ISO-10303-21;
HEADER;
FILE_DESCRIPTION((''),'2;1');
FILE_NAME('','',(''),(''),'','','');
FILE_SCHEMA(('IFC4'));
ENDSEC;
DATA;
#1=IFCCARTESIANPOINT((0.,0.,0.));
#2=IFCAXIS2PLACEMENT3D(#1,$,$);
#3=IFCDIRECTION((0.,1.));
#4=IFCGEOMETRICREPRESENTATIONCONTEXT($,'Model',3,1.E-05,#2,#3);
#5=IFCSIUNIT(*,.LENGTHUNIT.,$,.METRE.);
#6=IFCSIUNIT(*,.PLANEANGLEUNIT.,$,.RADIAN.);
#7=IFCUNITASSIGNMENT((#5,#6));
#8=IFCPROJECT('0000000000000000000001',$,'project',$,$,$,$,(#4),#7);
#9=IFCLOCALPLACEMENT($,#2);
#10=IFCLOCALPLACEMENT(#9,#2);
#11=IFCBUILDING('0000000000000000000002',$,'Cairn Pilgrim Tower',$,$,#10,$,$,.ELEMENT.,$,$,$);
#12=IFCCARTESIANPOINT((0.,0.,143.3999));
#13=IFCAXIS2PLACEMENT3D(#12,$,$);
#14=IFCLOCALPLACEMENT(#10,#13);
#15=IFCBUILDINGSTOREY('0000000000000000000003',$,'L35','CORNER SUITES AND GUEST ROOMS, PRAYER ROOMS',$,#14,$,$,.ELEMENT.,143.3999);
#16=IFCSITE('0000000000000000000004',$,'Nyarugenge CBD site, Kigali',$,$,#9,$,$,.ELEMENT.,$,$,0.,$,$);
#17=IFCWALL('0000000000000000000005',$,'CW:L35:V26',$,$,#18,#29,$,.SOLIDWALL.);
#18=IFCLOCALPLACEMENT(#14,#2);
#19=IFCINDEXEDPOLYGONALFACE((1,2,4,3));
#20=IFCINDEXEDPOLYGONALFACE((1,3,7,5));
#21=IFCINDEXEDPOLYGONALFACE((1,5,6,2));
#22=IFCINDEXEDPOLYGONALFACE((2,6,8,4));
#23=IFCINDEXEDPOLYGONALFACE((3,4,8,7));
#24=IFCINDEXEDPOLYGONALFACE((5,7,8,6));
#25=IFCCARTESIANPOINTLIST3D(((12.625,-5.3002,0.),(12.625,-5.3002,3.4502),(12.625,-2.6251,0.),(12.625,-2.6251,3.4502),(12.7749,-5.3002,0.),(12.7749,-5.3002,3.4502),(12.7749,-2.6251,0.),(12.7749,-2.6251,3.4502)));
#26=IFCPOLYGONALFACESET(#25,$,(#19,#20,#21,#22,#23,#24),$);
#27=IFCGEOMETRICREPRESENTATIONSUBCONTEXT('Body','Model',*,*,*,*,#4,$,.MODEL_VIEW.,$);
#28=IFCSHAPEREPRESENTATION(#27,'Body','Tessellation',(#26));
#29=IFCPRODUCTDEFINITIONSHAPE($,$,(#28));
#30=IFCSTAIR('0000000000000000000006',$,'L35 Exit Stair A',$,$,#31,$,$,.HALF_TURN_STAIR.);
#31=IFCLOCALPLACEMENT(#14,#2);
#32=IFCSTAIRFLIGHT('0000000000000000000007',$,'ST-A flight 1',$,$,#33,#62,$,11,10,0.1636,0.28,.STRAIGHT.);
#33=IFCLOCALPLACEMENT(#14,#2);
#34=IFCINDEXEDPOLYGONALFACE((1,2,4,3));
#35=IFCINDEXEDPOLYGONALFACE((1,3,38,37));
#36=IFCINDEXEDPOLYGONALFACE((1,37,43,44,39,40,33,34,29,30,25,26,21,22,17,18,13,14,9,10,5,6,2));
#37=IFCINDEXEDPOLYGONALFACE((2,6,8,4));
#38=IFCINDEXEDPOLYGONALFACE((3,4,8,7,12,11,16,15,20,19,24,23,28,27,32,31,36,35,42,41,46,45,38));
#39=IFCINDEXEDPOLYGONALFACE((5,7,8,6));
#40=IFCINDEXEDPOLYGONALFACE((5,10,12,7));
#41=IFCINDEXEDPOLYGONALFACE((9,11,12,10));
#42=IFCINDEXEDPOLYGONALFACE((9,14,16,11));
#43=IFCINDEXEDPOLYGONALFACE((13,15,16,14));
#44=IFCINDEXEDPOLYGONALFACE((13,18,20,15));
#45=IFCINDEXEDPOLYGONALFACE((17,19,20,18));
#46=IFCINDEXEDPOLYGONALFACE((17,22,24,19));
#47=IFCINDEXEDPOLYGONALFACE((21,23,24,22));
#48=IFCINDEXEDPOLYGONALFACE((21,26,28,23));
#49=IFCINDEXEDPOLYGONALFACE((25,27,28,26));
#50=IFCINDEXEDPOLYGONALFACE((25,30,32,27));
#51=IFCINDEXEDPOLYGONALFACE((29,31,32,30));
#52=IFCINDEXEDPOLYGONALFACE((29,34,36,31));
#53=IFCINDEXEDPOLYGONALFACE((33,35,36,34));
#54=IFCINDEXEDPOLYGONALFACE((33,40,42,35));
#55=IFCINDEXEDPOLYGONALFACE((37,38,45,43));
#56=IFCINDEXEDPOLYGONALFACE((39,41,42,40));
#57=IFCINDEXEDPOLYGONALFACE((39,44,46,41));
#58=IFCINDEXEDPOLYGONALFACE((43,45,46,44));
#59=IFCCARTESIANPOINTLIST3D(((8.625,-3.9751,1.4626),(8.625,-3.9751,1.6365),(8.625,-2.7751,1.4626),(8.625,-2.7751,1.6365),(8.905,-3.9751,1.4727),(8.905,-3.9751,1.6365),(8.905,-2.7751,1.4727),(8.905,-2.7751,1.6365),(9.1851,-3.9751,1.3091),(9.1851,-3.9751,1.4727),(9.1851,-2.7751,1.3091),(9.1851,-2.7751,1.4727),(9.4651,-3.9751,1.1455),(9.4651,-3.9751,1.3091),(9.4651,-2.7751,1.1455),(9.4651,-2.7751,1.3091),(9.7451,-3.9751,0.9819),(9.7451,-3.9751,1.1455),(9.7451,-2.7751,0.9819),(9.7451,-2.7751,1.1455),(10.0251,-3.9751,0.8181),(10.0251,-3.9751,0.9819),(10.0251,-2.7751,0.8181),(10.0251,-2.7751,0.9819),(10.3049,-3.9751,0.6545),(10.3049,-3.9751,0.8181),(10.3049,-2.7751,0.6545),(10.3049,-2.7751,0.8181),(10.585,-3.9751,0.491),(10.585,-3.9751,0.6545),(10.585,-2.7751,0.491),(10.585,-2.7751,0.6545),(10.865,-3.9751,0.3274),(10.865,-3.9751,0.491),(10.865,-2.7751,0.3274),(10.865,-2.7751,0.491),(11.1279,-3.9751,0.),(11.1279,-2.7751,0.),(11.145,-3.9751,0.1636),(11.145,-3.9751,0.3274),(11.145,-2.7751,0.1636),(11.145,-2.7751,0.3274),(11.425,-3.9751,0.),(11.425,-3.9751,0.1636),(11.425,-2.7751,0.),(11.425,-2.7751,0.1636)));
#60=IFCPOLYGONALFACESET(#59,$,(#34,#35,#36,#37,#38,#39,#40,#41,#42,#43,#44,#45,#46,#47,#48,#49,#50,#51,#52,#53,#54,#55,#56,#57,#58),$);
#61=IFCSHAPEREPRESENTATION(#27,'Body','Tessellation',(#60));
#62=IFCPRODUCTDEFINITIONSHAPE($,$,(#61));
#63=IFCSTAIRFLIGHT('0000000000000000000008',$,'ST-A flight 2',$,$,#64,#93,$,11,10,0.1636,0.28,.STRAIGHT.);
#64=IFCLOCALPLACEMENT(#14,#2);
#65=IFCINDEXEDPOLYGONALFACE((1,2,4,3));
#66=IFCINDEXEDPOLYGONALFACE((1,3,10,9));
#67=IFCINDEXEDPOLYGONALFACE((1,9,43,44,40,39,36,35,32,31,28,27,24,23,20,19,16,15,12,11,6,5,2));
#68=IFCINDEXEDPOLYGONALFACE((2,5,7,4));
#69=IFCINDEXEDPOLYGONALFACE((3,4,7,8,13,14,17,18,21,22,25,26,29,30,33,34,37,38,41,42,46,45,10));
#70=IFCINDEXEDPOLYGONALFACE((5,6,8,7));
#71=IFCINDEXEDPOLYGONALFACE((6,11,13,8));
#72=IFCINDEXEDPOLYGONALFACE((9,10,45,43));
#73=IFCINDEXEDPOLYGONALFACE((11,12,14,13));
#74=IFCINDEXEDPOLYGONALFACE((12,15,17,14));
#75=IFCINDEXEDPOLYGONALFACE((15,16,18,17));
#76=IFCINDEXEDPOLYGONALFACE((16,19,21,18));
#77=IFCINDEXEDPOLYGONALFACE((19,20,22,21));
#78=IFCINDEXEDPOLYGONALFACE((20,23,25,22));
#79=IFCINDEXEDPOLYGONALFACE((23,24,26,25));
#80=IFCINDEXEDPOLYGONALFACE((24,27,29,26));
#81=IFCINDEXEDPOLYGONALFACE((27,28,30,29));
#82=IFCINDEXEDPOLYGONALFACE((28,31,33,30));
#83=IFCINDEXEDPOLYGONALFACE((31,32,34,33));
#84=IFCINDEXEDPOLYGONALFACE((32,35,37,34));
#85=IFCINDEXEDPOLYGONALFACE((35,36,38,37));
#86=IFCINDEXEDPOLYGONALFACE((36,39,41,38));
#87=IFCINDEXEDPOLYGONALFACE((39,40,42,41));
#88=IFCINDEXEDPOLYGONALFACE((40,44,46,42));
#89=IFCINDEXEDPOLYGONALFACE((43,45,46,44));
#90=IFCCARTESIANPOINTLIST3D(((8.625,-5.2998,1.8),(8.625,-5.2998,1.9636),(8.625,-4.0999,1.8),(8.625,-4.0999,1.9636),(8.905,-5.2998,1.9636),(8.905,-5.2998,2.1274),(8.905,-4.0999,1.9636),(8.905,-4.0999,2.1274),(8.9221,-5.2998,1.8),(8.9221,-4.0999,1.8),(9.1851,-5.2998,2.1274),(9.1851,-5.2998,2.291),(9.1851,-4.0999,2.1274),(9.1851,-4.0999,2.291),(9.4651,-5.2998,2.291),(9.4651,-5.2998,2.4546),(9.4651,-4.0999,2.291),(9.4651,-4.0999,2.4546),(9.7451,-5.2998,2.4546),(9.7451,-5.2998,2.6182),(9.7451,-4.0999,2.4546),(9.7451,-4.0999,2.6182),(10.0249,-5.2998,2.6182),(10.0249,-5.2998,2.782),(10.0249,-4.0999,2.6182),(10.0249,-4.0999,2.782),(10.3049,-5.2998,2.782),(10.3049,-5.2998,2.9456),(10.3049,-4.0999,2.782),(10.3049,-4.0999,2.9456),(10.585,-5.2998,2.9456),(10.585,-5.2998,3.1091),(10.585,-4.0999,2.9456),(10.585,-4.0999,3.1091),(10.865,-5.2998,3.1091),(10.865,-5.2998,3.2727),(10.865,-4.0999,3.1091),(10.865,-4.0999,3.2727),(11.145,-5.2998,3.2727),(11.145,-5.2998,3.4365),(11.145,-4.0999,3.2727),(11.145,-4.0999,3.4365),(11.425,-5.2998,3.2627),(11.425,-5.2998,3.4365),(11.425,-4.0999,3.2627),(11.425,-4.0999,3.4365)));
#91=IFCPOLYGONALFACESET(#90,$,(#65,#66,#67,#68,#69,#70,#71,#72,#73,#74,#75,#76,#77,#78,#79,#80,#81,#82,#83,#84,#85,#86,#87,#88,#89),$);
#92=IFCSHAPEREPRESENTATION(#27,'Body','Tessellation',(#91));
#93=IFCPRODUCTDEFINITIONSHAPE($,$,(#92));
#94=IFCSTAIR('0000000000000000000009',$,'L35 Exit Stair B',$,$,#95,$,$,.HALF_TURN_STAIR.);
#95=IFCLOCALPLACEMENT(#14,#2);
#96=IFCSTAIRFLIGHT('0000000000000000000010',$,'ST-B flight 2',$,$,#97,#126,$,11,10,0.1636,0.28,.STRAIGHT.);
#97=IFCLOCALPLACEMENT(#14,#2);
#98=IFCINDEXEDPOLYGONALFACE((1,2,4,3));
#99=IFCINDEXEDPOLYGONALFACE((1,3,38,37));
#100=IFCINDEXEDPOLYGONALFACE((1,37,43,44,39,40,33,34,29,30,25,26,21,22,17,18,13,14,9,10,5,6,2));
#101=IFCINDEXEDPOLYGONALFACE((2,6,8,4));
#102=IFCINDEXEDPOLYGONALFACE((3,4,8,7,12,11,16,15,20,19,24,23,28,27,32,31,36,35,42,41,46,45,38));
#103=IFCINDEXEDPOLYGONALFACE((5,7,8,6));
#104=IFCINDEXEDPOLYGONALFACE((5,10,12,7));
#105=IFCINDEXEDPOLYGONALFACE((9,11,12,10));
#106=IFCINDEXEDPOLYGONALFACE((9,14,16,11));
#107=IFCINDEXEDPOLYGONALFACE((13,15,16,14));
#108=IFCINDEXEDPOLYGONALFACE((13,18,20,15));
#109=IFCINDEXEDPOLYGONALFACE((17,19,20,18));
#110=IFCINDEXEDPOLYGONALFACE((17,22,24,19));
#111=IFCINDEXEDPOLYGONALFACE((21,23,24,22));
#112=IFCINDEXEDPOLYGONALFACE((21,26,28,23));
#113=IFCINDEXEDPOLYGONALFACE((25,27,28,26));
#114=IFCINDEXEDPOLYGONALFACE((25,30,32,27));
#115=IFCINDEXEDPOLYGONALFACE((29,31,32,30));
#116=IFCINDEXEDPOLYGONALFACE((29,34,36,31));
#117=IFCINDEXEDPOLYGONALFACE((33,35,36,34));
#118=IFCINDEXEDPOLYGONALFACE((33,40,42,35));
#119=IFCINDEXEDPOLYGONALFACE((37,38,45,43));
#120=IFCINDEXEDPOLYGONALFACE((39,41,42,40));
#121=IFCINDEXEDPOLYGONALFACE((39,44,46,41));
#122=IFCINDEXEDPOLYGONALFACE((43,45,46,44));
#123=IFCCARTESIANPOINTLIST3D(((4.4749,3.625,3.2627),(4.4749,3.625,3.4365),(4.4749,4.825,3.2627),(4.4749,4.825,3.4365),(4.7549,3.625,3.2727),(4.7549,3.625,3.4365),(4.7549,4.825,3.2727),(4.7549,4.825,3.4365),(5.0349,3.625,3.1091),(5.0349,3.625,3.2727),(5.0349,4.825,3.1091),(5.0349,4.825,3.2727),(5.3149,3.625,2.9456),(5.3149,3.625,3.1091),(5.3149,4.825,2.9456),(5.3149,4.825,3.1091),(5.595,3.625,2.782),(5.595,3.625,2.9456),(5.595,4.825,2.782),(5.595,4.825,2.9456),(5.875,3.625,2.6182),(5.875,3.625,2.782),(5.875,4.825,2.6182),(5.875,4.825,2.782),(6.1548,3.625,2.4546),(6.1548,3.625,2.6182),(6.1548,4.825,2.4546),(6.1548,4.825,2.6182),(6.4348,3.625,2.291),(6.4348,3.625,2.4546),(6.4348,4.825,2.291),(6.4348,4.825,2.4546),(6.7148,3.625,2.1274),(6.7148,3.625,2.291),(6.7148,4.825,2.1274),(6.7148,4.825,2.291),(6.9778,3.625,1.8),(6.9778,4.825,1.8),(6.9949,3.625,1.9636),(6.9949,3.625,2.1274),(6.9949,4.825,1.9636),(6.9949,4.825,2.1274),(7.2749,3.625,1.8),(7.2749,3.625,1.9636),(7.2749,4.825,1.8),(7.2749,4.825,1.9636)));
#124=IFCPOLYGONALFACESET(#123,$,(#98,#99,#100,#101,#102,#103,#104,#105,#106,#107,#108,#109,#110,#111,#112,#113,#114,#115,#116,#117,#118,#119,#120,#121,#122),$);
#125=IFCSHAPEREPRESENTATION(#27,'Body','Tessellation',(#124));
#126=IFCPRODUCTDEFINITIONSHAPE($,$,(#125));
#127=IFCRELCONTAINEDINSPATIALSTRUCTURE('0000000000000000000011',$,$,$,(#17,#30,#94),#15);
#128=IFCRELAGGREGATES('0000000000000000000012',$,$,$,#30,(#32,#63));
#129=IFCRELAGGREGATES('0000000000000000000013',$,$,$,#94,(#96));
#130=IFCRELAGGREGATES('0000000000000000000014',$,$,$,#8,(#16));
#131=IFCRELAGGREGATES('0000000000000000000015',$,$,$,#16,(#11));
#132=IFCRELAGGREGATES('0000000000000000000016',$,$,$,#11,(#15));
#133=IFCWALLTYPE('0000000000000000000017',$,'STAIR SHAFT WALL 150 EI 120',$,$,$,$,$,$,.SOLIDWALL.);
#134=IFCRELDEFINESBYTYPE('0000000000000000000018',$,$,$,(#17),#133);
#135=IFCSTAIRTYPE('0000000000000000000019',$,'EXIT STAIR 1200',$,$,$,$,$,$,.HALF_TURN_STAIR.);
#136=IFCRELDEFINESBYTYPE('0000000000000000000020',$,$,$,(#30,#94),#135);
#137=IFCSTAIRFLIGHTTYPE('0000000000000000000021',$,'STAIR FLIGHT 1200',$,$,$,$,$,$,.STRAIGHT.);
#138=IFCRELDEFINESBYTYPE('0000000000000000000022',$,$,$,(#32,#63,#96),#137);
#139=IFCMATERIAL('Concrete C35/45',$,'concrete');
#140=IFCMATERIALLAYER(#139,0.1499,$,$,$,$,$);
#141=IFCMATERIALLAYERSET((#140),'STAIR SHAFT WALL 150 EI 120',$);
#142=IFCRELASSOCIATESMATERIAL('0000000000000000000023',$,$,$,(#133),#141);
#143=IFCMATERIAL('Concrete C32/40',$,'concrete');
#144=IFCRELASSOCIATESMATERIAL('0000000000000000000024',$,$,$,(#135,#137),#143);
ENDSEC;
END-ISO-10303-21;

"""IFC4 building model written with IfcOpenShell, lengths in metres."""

from ifc_helpers import new_model, si_unit, direction, frame, frame_2d, origin, place, context, subcontext, project, spatial, polyline, rectangle, outline, extrude, material, layer, layer_set, type_object, element, aggregate, save


model = new_model("IFC4")

# Units and contexts
model_context = context("Model", 3, precision=1e-05, world=origin(), true_north=direction((0.0, 1.0)))
body_context = subcontext(model_context, "Body", "Model", "MODEL_VIEW")
ifc_project = project(units=[si_unit("LENGTHUNIT", "METRE"), si_unit("PLANEANGLEUNIT", "RADIAN")], contexts=[model_context])

# Site, building, storey
site_placement = place(None, origin())
site = spatial("IfcSite", under=ifc_project, at=site_placement, Name="Nyarugenge CBD site, Kigali", CompositionType="ELEMENT", RefElevation=0.0)
building_placement = place(site_placement, origin())
building = spatial("IfcBuilding", under=site, at=building_placement, Name="Cairn Pilgrim Tower", CompositionType="ELEMENT")
storey_placement = place(building_placement, frame((0.0, 0.0, 143.3999)))
storey = spatial("IfcBuildingStorey", under=building, at=storey_placement, Name="L35", Description="CORNER SUITES AND GUEST ROOMS, PRAYER ROOMS", CompositionType="ELEMENT", Elevation=143.3999)

# Shared definitions
ifc_material_1 = material(Name="Concrete C32/40", Category="concrete")

# Wall
ifc_material_2 = material(Name="Concrete C35/45", Category="concrete")
ifc_layer_1 = layer(ifc_material_2, 0.1499)
ifc_layer_set_1 = layer_set([ifc_layer_1], Name="STAIR SHAFT WALL 150 EI 120")
wall_type_1 = type_object("IfcWallType", Name="STAIR SHAFT WALL 150 EI 120", PredefinedType="SOLIDWALL", material=ifc_layer_set_1)
wall_1_placement = place(storey_placement, frame((12.7, -5.3, 0.0), z_axis=(0.0, 0.0, 1.0), x_axis=(0.0, 1.0, 0.0)))
element("IfcWall", 1, at=wall_1_placement, inside=storey, type_object=wall_type_1, Name="CW:L35:V26", PredefinedType="SOLIDWALL", context=body_context, shape_type="SweptSolid", body=[
    extrude(rectangle(XDim=2.675, YDim=0.1499, at=frame_2d((1.3374, 0.0))), origin(), (0.0, 0.0, 1.0), 3.4502),
])

# Stair, stair flights
stair_type = type_object("IfcStairType", Name="EXIT STAIR 1200", PredefinedType="HALF_TURN_STAIR", material=ifc_material_1)
stair_1_placement = place(storey_placement, origin())
stair_1 = element("IfcStair", 2, at=stair_1_placement, inside=storey, type_object=stair_type, Name="L35 Exit Stair A", PredefinedType="HALF_TURN_STAIR")
stair_flight_type = type_object("IfcStairFlightType", Name="STAIR FLIGHT 1200", PredefinedType="STRAIGHT", material=ifc_material_1)
stair_flight_1_placement = place(storey_placement, frame((11.425, -3.375, 0.0), z_axis=(0.0, 0.0, 1.0), x_axis=(-1.0, 0.0, 0.0)))
stair_flight_1 = element("IfcStairFlight", 3, at=stair_flight_1_placement, type_object=stair_flight_type, Name="ST-A flight 1", NumberOfRisers=11, NumberOfTreads=10, PredefinedType="STRAIGHT", RiserHeight=0.1636, TreadLength=0.28, context=body_context, shape_type="SweptSolid", body=[
    extrude(outline(polyline([(0.0, 0.0), (0.0, 0.1636), (0.28, 0.1636), (0.28, 0.3274), (0.5601, 0.3274), (0.5601, 0.491), (0.8401, 0.491), (0.8401, 0.6545), (1.1201, 0.6545), (1.1201, 0.8181), (1.3999, 0.8181), (1.3999, 0.9819), (1.6799, 0.9819), (1.6799, 1.1455), (1.96, 1.1455), (1.96, 1.3091), (2.24, 1.3091), (2.24, 1.4727), (2.52, 1.4727), (2.52, 1.6365), (2.8, 1.6365), (2.8, 1.8), (2.8, 1.4626), (0.2971, 0.0), (0.0, 0.0)])), frame((0.0, 0.6001, 0.0), z_axis=(0.0, -1.0, 0.0), x_axis=(1.0, 0.0, 0.0)), (0.0, 0.0, 1.0), 1.2),
])
stair_flight_2_placement = place(storey_placement, frame((8.625, -4.7, 1.8), z_axis=(0.0, 0.0, 1.0), x_axis=(1.0, 0.0, 0.0)))
stair_flight_2 = element("IfcStairFlight", 4, at=stair_flight_2_placement, type_object=stair_flight_type, Name="ST-A flight 2", NumberOfRisers=11, NumberOfTreads=10, PredefinedType="STRAIGHT", RiserHeight=0.1636, TreadLength=0.28, context=body_context, shape_type="SweptSolid", body=[
    extrude(outline(polyline([(0.0, 0.0), (0.0, 0.1636), (0.28, 0.1636), (0.28, 0.3274), (0.5601, 0.3274), (0.5601, 0.491), (0.8401, 0.491), (0.8401, 0.6545), (1.1201, 0.6545), (1.1201, 0.8181), (1.3999, 0.8181), (1.3999, 0.9819), (1.6799, 0.9819), (1.6799, 1.1455), (1.96, 1.1455), (1.96, 1.3091), (2.24, 1.3091), (2.24, 1.4727), (2.52, 1.4727), (2.52, 1.6365), (2.8, 1.6365), (2.8, 1.8), (2.8, 1.4626), (0.2971, 0.0), (0.0, 0.0)])), frame((0.0, 0.6001, 0.0), z_axis=(0.0, -1.0, 0.0), x_axis=(1.0, 0.0, 0.0)), (0.0, 0.0, 1.0), 1.2),
])
aggregate(stair_1, [stair_flight_1, stair_flight_2])

# Stair, stair flight
stair_2_placement = place(storey_placement, origin())
stair_2 = element("IfcStair", 5, at=stair_2_placement, inside=storey, type_object=stair_type, Name="L35 Exit Stair B", PredefinedType="HALF_TURN_STAIR")
stair_flight_3_placement = place(storey_placement, frame((7.2749, 4.2251, 1.8), z_axis=(0.0, 0.0, 1.0), x_axis=(-1.0, 0.0, 0.0)))
stair_flight_3 = element("IfcStairFlight", 6, at=stair_flight_3_placement, type_object=stair_flight_type, Name="ST-B flight 2", NumberOfRisers=11, NumberOfTreads=10, PredefinedType="STRAIGHT", RiserHeight=0.1636, TreadLength=0.28, context=body_context, shape_type="SweptSolid", body=[
    extrude(outline(polyline([(0.0, 0.0), (0.0, 0.1636), (0.28, 0.1636), (0.28, 0.3274), (0.5601, 0.3274), (0.5601, 0.491), (0.8401, 0.491), (0.8401, 0.6545), (1.1201, 0.6545), (1.1201, 0.8181), (1.3999, 0.8181), (1.3999, 0.9819), (1.6799, 0.9819), (1.6799, 1.1455), (1.96, 1.1455), (1.96, 1.3091), (2.24, 1.3091), (2.24, 1.4727), (2.52, 1.4727), (2.52, 1.6365), (2.8, 1.6365), (2.8, 1.8), (2.8, 1.4626), (0.2971, 0.0), (0.0, 0.0)])), frame((0.0, 0.6001, 0.0), z_axis=(0.0, -1.0, 0.0), x_axis=(1.0, 0.0, 0.0)), (0.0, 0.0, 1.0), 1.2),
])
aggregate(stair_2, [stair_flight_3])

save(model, "model.ifc")
